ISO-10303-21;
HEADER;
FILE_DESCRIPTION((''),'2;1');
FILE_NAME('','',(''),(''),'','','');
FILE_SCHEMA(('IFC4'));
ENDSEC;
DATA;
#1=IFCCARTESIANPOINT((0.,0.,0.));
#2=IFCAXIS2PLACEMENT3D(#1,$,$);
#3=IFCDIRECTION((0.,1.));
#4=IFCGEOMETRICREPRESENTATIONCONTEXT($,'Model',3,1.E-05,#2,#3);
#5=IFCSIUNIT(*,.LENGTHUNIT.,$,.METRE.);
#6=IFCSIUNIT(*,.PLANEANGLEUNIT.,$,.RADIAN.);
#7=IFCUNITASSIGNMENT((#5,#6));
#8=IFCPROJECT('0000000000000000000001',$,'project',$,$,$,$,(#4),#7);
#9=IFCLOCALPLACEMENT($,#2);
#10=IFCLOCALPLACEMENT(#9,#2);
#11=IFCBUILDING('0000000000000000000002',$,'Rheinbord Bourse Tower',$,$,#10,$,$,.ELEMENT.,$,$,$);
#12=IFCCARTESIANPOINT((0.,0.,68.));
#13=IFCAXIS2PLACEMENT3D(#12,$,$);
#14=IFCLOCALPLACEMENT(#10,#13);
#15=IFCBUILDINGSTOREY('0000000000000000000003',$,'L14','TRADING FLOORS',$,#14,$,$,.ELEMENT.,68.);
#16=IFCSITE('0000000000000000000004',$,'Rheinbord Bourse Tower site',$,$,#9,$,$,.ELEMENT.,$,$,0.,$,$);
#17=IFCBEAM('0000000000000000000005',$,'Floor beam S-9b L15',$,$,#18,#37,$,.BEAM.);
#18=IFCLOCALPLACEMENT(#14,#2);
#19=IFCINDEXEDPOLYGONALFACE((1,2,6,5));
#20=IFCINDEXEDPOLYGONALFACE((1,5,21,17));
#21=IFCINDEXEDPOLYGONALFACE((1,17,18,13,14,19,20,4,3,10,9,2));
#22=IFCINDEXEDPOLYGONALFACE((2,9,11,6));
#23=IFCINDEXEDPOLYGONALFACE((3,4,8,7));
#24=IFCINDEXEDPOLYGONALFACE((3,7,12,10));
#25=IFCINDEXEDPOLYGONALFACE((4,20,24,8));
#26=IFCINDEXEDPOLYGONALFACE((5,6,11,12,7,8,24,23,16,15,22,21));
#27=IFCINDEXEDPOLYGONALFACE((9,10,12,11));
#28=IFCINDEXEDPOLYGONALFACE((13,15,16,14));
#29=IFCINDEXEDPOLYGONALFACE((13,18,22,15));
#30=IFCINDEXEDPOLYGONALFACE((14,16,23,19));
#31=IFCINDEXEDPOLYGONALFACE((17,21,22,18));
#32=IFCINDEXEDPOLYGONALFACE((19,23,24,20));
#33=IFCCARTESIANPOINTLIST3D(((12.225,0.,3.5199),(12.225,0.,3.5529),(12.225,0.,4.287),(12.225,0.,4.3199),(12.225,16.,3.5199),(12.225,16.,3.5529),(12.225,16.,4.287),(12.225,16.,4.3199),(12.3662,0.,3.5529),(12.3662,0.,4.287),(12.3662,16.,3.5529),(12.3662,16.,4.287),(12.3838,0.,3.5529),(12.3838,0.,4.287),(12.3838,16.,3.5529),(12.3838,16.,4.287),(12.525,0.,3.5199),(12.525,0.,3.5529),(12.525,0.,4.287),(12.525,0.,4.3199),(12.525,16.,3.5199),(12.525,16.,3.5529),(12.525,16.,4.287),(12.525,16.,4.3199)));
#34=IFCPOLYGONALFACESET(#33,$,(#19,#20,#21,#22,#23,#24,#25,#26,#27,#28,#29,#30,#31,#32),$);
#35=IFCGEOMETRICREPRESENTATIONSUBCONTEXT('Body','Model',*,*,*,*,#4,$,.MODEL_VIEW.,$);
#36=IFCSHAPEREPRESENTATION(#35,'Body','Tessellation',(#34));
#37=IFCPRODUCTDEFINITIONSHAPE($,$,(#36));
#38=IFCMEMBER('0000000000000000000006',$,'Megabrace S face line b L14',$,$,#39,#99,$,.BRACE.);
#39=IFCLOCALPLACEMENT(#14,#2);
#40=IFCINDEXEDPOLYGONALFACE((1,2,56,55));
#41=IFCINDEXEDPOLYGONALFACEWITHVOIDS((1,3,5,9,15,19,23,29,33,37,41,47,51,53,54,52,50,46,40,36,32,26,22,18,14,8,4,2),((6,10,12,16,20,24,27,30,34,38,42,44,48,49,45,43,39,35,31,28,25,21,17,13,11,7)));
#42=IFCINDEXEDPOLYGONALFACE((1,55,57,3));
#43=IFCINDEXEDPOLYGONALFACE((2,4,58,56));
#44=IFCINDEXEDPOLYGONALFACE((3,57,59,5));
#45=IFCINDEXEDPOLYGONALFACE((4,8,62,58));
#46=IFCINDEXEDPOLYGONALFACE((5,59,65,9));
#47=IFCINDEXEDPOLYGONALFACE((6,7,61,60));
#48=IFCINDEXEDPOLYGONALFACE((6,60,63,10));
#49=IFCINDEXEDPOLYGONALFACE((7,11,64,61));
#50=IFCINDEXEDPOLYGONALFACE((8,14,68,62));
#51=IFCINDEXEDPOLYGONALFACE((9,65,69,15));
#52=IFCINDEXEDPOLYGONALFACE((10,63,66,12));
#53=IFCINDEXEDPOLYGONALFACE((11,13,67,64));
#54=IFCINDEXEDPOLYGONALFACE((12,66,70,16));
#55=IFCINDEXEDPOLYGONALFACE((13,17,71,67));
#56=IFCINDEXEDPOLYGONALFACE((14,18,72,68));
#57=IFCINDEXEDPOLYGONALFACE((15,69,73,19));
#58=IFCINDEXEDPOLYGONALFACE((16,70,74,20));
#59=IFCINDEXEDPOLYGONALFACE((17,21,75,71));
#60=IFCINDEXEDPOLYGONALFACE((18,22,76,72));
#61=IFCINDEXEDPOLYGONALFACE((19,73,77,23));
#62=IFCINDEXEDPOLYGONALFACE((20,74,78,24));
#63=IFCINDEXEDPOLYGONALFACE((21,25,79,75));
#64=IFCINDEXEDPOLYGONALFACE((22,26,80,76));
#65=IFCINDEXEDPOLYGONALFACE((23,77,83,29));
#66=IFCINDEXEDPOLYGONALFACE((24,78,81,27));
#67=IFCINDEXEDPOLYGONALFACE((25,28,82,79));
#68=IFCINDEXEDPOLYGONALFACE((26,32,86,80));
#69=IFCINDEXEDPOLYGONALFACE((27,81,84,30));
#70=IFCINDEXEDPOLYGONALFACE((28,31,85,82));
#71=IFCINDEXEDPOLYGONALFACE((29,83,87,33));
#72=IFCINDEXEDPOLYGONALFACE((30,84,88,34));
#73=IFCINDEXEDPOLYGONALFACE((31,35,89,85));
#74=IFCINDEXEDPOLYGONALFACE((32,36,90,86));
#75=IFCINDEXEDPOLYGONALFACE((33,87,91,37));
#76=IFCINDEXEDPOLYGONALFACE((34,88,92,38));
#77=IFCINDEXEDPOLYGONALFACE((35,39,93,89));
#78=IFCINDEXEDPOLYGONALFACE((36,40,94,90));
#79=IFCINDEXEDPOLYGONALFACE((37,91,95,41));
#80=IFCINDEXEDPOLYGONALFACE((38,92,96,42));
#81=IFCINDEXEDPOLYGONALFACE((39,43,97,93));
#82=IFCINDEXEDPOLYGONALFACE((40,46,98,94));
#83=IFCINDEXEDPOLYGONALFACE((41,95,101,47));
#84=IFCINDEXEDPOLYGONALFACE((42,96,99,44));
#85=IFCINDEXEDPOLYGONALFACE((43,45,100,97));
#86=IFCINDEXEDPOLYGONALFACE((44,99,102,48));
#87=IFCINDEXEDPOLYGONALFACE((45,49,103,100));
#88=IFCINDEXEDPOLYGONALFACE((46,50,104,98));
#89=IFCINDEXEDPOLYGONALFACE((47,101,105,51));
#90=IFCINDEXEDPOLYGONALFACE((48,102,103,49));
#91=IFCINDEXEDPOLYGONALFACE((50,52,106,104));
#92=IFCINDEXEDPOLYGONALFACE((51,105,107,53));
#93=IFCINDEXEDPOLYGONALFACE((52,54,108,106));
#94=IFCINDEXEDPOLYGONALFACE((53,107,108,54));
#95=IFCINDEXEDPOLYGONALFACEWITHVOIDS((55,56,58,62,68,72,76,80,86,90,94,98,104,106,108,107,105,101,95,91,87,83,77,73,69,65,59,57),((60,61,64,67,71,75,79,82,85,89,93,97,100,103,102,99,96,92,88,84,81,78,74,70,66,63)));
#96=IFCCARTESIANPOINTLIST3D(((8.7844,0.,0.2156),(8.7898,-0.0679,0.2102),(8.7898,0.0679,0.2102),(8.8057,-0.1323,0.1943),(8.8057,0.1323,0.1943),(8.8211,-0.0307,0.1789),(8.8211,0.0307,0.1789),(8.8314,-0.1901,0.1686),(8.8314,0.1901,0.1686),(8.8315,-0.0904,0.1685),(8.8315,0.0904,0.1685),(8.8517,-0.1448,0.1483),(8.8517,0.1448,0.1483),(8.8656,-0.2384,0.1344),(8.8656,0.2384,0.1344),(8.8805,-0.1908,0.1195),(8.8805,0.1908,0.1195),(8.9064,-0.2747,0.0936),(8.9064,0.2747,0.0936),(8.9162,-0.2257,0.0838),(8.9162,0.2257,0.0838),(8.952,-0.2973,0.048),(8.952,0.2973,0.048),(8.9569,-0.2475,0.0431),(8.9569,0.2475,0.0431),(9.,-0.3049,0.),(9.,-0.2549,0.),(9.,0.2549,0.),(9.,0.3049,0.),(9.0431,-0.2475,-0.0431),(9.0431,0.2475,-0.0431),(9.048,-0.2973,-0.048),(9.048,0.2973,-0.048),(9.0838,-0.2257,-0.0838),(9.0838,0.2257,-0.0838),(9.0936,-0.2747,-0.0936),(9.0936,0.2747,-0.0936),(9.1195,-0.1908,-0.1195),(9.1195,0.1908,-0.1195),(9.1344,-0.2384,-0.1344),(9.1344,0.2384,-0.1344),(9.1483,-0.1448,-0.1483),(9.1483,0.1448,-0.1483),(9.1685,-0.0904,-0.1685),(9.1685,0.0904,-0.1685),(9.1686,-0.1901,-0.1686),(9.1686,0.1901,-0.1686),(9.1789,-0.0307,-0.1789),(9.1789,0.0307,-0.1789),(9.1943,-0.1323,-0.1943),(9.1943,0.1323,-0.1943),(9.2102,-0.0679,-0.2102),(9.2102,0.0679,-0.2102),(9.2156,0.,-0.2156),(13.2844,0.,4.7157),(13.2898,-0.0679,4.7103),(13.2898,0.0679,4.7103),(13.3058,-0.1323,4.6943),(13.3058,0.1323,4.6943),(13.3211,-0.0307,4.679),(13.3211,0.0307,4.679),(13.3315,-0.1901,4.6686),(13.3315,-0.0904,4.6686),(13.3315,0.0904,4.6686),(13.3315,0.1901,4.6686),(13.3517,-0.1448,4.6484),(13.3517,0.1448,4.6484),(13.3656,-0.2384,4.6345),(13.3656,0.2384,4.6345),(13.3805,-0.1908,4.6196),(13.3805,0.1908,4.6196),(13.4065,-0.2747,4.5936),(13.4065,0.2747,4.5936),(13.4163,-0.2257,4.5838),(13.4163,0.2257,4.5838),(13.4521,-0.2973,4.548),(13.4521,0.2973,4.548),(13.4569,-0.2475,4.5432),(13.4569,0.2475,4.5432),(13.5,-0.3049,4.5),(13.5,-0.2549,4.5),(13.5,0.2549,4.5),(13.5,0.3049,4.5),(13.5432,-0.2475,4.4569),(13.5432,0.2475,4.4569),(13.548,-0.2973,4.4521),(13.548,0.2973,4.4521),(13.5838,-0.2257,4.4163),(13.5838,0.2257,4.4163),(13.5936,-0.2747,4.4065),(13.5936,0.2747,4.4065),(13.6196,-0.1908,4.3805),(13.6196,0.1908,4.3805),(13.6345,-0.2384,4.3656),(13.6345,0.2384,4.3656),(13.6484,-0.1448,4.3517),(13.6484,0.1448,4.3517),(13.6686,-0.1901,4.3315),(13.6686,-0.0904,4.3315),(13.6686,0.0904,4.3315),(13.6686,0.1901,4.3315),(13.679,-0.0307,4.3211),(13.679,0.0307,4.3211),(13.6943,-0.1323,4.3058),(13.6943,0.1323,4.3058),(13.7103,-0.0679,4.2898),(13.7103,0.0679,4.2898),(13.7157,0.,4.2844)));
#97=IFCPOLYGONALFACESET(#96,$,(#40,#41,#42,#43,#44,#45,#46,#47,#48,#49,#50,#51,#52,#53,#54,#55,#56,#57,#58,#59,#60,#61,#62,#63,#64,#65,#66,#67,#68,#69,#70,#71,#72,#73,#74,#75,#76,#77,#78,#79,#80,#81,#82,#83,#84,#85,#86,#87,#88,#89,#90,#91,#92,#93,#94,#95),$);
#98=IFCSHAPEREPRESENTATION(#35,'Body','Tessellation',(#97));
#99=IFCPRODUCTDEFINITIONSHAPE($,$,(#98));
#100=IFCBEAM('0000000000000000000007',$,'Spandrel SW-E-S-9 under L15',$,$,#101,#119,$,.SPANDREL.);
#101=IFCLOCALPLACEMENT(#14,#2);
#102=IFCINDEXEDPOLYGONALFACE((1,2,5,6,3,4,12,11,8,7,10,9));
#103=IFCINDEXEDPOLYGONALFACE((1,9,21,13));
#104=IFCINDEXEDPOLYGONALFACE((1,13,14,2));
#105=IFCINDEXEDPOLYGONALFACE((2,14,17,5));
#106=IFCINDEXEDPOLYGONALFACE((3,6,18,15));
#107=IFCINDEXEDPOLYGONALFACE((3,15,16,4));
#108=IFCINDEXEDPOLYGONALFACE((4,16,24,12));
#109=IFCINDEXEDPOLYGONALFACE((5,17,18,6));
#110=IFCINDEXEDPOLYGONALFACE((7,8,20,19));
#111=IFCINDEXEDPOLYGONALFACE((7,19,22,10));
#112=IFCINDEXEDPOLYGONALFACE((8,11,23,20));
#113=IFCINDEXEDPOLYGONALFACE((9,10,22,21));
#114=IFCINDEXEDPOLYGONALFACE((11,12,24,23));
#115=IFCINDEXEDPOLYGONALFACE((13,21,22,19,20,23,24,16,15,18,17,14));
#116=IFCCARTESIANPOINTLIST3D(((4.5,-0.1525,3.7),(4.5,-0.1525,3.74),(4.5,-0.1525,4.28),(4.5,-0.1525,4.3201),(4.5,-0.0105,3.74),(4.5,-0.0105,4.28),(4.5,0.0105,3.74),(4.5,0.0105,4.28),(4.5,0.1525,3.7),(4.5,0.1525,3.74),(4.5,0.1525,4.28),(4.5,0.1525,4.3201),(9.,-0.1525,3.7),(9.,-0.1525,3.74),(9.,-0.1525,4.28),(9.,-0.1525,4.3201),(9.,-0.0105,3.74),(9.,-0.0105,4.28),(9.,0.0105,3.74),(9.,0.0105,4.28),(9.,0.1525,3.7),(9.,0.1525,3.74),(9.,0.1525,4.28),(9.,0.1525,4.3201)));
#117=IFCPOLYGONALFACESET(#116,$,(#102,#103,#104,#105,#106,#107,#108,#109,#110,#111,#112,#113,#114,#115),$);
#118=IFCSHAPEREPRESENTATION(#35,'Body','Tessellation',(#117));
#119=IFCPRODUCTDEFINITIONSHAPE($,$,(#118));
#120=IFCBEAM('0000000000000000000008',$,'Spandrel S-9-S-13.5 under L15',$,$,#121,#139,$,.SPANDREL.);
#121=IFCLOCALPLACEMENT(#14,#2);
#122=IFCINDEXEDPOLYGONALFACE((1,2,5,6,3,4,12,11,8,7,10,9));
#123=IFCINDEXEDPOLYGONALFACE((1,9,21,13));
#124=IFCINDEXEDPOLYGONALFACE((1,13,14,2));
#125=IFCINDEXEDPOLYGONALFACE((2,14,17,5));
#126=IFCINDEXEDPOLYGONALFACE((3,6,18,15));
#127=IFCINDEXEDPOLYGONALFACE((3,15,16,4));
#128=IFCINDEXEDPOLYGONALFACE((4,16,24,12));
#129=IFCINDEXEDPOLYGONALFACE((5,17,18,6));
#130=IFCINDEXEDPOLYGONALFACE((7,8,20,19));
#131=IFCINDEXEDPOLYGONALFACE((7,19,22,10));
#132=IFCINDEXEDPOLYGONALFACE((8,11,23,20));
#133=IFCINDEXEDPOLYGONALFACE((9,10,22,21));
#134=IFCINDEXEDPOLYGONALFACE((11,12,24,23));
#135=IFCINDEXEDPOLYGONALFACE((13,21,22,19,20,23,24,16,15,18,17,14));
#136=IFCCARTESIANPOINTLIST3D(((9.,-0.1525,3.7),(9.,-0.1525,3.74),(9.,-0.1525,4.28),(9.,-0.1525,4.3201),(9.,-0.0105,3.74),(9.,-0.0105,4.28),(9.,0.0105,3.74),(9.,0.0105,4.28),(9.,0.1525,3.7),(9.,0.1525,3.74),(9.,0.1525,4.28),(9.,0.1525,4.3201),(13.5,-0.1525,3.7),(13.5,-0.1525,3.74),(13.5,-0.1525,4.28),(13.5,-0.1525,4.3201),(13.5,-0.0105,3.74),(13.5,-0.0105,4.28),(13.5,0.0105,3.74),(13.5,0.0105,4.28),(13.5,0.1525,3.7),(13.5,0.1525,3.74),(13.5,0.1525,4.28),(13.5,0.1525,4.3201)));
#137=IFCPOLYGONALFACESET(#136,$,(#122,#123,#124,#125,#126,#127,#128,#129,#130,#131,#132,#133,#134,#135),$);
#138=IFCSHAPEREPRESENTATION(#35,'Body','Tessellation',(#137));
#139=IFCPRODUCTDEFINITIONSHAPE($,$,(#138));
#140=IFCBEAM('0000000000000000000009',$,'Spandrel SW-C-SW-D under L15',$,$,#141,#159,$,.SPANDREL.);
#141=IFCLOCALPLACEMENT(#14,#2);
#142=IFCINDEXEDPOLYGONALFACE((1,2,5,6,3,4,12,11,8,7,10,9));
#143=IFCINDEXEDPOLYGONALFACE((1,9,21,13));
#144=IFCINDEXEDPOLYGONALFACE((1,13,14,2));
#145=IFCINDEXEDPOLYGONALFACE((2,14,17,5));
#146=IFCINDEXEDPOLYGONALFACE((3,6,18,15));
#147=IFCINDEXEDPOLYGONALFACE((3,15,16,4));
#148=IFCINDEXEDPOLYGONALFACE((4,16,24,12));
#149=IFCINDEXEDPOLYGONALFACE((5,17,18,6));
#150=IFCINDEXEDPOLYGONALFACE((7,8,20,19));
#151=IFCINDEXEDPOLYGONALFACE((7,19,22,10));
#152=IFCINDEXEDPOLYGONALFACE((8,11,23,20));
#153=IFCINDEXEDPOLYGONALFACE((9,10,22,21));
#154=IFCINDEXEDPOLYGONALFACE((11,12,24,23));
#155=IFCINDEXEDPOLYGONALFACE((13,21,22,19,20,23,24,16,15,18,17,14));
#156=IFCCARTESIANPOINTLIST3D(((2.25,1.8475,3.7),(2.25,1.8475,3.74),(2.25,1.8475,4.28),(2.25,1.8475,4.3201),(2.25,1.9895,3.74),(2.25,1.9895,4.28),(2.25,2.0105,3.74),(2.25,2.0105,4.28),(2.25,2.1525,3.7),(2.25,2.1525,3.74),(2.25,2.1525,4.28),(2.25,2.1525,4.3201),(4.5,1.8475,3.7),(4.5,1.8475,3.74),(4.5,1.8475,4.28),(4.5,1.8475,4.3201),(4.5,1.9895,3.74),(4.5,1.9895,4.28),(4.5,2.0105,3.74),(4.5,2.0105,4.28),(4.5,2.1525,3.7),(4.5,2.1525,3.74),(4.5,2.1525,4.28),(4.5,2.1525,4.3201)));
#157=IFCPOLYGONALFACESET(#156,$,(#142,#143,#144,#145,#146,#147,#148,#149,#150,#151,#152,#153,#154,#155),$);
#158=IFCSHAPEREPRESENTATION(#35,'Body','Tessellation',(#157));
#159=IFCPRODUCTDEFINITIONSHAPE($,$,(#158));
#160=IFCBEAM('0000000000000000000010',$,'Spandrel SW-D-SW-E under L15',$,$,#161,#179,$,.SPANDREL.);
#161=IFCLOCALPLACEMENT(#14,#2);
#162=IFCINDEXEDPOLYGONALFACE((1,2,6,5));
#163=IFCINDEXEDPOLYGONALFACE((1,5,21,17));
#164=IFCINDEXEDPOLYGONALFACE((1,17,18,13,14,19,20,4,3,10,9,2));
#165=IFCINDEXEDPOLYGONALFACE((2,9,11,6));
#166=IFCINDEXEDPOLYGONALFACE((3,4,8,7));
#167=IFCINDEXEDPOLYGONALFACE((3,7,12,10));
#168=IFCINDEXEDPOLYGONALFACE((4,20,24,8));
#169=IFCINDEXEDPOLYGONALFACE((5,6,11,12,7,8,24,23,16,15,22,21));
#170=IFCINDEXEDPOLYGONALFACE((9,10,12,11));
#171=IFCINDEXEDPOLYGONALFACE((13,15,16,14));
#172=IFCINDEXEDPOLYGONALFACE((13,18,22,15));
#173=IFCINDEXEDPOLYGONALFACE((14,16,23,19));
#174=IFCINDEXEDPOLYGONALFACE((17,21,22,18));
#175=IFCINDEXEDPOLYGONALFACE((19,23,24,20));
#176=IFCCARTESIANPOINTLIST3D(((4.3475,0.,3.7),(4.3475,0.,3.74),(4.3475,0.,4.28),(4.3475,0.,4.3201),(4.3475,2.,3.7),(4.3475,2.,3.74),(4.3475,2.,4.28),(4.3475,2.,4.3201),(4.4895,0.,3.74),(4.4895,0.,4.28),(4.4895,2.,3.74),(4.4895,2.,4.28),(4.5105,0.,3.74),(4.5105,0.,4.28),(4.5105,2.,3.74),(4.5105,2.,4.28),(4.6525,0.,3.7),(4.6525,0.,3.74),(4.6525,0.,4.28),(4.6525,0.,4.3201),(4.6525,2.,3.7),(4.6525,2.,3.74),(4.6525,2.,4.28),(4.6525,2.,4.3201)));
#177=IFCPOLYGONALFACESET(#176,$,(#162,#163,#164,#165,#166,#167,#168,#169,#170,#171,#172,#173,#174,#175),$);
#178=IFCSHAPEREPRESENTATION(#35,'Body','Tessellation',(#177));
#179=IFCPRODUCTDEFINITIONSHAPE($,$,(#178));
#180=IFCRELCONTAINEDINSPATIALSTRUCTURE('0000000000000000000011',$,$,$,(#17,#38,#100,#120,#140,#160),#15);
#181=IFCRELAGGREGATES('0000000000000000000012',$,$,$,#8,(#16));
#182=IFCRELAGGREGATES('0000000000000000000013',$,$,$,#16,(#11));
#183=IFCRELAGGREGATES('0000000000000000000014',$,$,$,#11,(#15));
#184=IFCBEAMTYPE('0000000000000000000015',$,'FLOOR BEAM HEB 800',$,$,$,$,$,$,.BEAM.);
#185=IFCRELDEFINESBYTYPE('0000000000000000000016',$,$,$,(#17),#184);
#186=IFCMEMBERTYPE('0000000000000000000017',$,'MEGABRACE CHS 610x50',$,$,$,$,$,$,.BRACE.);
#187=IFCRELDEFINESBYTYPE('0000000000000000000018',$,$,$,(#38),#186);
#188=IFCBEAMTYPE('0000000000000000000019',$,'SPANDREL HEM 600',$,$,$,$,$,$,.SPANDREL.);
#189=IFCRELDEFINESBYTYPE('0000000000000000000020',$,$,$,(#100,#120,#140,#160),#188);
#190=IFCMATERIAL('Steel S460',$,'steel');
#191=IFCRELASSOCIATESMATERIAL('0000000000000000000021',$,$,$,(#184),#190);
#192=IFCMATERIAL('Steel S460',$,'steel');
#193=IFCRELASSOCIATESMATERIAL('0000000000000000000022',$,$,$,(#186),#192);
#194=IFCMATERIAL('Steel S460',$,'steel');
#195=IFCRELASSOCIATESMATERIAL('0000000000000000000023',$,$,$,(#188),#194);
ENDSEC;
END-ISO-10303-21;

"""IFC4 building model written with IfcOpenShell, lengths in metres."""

from ifc_helpers import new_model, si_unit, direction, frame, origin, origin_2d, place, context, subcontext, project, spatial, hollow_circle, i_section, extrude, material, material_profile, profile_set, type_object, element, save


model = new_model("IFC4")

# Units and contexts
model_context = context("Model", 3, precision=1e-05, world=origin(), true_north=direction((0.0, 1.0)))
body_context = subcontext(model_context, "Body", "Model", "MODEL_VIEW")
ifc_project = project(units=[si_unit("LENGTHUNIT", "METRE"), si_unit("PLANEANGLEUNIT", "RADIAN")], contexts=[model_context])

# Site, building, storey
site_placement = place(None, origin())
site = spatial("IfcSite", under=ifc_project, at=site_placement, Name="Rheinbord Bourse Tower site", CompositionType="ELEMENT", RefElevation=0.0)
building_placement = place(site_placement, origin())
building = spatial("IfcBuilding", under=site, at=building_placement, Name="Rheinbord Bourse Tower", CompositionType="ELEMENT")
storey_placement = place(building_placement, frame((0.0, 0.0, 68.0)))
storey = spatial("IfcBuildingStorey", under=building, at=storey_placement, Name="L14", Description="TRADING FLOORS", CompositionType="ELEMENT", Elevation=68.0)

# Beam
ifc_material_1 = material(Name="Steel S460", Category="steel")
ifc_material_profile_1 = material_profile(ifc_material_1, i_section(OverallWidth=0.3, OverallDepth=0.8, WebThickness=0.0176, FlangeThickness=0.033, at=origin_2d()), Name="HEB 800")
ifc_profile_set_1 = profile_set([ifc_material_profile_1], Name="Steel S460")
beam_type_1 = type_object("IfcBeamType", Name="FLOOR BEAM HEB 800", PredefinedType="BEAM", material=ifc_profile_set_1)
for number, where, z_axis, x_axis, name in (
    (1, (12.375, 0.0, 3.9199), (0.0, 1.0, 0.0), (-1.0, 0.0, 0.0), "Floor beam S-9b L15"),
):
    element("IfcBeam", number, at=place(storey_placement, frame(where, z_axis=z_axis, x_axis=x_axis)), inside=storey, type_object=beam_type_1, Name=name, PredefinedType="BEAM", context=body_context, shape_type="SweptSolid", body=[
        extrude(i_section(OverallWidth=0.3, OverallDepth=0.8, WebThickness=0.0176, FlangeThickness=0.033, at=origin_2d()), origin(), (0.0, 0.0, 1.0), 16.0),
    ])

# Member
ifc_material_2 = material(Name="Steel S460", Category="steel")
ifc_material_profile_2 = material_profile(ifc_material_2, hollow_circle(Radius=0.3049, WallThickness=0.05, at=origin_2d()), Name="CHS 610x50")
ifc_profile_set_2 = profile_set([ifc_material_profile_2], Name="Steel S460")
member_type_1 = type_object("IfcMemberType", Name="MEGABRACE CHS 610x50", PredefinedType="BRACE", material=ifc_profile_set_2)
member_1_placement = place(storey_placement, frame((9.0, 0.0, 0.0), z_axis=(0.707107, 0.0, 0.707107), x_axis=(0.0, 1.0, 0.0)))
element("IfcMember", 2, at=member_1_placement, inside=storey, type_object=member_type_1, Name="Megabrace S face line b L14", PredefinedType="BRACE", context=body_context, shape_type="SweptSolid", body=[
    extrude(hollow_circle(Radius=0.3049, WallThickness=0.05, at=origin_2d()), origin(), (0.0, 0.0, 1.0), 6.364),
])

# Beams
ifc_material_3 = material(Name="Steel S460", Category="steel")
ifc_material_profile_3 = material_profile(ifc_material_3, i_section(OverallWidth=0.3049, OverallDepth=0.6201, WebThickness=0.021, FlangeThickness=0.04, at=origin_2d()), Name="HEM 600")
ifc_profile_set_3 = profile_set([ifc_material_profile_3], Name="Steel S460")
beam_type_2 = type_object("IfcBeamType", Name="SPANDREL HEM 600", PredefinedType="SPANDREL", material=ifc_profile_set_3)
for number, where, z_axis, x_axis, name in (
    (3, (4.5, 0.0, 4.01), (1.0, 0.0, 0.0), (0.0, 1.0, 0.0), "Spandrel SW-E-S-9 under L15"),
    (4, (9.0, 0.0, 4.01), (1.0, 0.0, 0.0), (0.0, 1.0, 0.0), "Spandrel S-9-S-13.5 under L15"),
):
    element("IfcBeam", number, at=place(storey_placement, frame(where, z_axis=z_axis, x_axis=x_axis)), inside=storey, type_object=beam_type_2, Name=name, PredefinedType="SPANDREL", context=body_context, shape_type="SweptSolid", body=[
        extrude(i_section(OverallWidth=0.3049, OverallDepth=0.6201, WebThickness=0.021, FlangeThickness=0.04, at=origin_2d()), origin(), (0.0, 0.0, 1.0), 4.5),
    ])
beam_1_placement = place(storey_placement, frame((2.25, 2.0, 4.01), z_axis=(1.0, 0.0, 0.0), x_axis=(0.0, 1.0, 0.0)))
element("IfcBeam", 5, at=beam_1_placement, inside=storey, type_object=beam_type_2, Name="Spandrel SW-C-SW-D under L15", PredefinedType="SPANDREL", context=body_context, shape_type="SweptSolid", body=[
    extrude(i_section(OverallWidth=0.3049, OverallDepth=0.6201, WebThickness=0.021, FlangeThickness=0.04, at=origin_2d()), origin(), (0.0, 0.0, 1.0), 2.25),
])
beam_2_placement = place(storey_placement, frame((4.5, 2.0, 4.01), z_axis=(0.0, -1.0, 0.0), x_axis=(1.0, 0.0, 0.0)))
element("IfcBeam", 6, at=beam_2_placement, inside=storey, type_object=beam_type_2, Name="Spandrel SW-D-SW-E under L15", PredefinedType="SPANDREL", context=body_context, shape_type="SweptSolid", body=[
    extrude(i_section(OverallWidth=0.3049, OverallDepth=0.6201, WebThickness=0.021, FlangeThickness=0.04, at=origin_2d()), origin(), (0.0, 0.0, 1.0), 2.0),
])

save(model, "model.ifc")
